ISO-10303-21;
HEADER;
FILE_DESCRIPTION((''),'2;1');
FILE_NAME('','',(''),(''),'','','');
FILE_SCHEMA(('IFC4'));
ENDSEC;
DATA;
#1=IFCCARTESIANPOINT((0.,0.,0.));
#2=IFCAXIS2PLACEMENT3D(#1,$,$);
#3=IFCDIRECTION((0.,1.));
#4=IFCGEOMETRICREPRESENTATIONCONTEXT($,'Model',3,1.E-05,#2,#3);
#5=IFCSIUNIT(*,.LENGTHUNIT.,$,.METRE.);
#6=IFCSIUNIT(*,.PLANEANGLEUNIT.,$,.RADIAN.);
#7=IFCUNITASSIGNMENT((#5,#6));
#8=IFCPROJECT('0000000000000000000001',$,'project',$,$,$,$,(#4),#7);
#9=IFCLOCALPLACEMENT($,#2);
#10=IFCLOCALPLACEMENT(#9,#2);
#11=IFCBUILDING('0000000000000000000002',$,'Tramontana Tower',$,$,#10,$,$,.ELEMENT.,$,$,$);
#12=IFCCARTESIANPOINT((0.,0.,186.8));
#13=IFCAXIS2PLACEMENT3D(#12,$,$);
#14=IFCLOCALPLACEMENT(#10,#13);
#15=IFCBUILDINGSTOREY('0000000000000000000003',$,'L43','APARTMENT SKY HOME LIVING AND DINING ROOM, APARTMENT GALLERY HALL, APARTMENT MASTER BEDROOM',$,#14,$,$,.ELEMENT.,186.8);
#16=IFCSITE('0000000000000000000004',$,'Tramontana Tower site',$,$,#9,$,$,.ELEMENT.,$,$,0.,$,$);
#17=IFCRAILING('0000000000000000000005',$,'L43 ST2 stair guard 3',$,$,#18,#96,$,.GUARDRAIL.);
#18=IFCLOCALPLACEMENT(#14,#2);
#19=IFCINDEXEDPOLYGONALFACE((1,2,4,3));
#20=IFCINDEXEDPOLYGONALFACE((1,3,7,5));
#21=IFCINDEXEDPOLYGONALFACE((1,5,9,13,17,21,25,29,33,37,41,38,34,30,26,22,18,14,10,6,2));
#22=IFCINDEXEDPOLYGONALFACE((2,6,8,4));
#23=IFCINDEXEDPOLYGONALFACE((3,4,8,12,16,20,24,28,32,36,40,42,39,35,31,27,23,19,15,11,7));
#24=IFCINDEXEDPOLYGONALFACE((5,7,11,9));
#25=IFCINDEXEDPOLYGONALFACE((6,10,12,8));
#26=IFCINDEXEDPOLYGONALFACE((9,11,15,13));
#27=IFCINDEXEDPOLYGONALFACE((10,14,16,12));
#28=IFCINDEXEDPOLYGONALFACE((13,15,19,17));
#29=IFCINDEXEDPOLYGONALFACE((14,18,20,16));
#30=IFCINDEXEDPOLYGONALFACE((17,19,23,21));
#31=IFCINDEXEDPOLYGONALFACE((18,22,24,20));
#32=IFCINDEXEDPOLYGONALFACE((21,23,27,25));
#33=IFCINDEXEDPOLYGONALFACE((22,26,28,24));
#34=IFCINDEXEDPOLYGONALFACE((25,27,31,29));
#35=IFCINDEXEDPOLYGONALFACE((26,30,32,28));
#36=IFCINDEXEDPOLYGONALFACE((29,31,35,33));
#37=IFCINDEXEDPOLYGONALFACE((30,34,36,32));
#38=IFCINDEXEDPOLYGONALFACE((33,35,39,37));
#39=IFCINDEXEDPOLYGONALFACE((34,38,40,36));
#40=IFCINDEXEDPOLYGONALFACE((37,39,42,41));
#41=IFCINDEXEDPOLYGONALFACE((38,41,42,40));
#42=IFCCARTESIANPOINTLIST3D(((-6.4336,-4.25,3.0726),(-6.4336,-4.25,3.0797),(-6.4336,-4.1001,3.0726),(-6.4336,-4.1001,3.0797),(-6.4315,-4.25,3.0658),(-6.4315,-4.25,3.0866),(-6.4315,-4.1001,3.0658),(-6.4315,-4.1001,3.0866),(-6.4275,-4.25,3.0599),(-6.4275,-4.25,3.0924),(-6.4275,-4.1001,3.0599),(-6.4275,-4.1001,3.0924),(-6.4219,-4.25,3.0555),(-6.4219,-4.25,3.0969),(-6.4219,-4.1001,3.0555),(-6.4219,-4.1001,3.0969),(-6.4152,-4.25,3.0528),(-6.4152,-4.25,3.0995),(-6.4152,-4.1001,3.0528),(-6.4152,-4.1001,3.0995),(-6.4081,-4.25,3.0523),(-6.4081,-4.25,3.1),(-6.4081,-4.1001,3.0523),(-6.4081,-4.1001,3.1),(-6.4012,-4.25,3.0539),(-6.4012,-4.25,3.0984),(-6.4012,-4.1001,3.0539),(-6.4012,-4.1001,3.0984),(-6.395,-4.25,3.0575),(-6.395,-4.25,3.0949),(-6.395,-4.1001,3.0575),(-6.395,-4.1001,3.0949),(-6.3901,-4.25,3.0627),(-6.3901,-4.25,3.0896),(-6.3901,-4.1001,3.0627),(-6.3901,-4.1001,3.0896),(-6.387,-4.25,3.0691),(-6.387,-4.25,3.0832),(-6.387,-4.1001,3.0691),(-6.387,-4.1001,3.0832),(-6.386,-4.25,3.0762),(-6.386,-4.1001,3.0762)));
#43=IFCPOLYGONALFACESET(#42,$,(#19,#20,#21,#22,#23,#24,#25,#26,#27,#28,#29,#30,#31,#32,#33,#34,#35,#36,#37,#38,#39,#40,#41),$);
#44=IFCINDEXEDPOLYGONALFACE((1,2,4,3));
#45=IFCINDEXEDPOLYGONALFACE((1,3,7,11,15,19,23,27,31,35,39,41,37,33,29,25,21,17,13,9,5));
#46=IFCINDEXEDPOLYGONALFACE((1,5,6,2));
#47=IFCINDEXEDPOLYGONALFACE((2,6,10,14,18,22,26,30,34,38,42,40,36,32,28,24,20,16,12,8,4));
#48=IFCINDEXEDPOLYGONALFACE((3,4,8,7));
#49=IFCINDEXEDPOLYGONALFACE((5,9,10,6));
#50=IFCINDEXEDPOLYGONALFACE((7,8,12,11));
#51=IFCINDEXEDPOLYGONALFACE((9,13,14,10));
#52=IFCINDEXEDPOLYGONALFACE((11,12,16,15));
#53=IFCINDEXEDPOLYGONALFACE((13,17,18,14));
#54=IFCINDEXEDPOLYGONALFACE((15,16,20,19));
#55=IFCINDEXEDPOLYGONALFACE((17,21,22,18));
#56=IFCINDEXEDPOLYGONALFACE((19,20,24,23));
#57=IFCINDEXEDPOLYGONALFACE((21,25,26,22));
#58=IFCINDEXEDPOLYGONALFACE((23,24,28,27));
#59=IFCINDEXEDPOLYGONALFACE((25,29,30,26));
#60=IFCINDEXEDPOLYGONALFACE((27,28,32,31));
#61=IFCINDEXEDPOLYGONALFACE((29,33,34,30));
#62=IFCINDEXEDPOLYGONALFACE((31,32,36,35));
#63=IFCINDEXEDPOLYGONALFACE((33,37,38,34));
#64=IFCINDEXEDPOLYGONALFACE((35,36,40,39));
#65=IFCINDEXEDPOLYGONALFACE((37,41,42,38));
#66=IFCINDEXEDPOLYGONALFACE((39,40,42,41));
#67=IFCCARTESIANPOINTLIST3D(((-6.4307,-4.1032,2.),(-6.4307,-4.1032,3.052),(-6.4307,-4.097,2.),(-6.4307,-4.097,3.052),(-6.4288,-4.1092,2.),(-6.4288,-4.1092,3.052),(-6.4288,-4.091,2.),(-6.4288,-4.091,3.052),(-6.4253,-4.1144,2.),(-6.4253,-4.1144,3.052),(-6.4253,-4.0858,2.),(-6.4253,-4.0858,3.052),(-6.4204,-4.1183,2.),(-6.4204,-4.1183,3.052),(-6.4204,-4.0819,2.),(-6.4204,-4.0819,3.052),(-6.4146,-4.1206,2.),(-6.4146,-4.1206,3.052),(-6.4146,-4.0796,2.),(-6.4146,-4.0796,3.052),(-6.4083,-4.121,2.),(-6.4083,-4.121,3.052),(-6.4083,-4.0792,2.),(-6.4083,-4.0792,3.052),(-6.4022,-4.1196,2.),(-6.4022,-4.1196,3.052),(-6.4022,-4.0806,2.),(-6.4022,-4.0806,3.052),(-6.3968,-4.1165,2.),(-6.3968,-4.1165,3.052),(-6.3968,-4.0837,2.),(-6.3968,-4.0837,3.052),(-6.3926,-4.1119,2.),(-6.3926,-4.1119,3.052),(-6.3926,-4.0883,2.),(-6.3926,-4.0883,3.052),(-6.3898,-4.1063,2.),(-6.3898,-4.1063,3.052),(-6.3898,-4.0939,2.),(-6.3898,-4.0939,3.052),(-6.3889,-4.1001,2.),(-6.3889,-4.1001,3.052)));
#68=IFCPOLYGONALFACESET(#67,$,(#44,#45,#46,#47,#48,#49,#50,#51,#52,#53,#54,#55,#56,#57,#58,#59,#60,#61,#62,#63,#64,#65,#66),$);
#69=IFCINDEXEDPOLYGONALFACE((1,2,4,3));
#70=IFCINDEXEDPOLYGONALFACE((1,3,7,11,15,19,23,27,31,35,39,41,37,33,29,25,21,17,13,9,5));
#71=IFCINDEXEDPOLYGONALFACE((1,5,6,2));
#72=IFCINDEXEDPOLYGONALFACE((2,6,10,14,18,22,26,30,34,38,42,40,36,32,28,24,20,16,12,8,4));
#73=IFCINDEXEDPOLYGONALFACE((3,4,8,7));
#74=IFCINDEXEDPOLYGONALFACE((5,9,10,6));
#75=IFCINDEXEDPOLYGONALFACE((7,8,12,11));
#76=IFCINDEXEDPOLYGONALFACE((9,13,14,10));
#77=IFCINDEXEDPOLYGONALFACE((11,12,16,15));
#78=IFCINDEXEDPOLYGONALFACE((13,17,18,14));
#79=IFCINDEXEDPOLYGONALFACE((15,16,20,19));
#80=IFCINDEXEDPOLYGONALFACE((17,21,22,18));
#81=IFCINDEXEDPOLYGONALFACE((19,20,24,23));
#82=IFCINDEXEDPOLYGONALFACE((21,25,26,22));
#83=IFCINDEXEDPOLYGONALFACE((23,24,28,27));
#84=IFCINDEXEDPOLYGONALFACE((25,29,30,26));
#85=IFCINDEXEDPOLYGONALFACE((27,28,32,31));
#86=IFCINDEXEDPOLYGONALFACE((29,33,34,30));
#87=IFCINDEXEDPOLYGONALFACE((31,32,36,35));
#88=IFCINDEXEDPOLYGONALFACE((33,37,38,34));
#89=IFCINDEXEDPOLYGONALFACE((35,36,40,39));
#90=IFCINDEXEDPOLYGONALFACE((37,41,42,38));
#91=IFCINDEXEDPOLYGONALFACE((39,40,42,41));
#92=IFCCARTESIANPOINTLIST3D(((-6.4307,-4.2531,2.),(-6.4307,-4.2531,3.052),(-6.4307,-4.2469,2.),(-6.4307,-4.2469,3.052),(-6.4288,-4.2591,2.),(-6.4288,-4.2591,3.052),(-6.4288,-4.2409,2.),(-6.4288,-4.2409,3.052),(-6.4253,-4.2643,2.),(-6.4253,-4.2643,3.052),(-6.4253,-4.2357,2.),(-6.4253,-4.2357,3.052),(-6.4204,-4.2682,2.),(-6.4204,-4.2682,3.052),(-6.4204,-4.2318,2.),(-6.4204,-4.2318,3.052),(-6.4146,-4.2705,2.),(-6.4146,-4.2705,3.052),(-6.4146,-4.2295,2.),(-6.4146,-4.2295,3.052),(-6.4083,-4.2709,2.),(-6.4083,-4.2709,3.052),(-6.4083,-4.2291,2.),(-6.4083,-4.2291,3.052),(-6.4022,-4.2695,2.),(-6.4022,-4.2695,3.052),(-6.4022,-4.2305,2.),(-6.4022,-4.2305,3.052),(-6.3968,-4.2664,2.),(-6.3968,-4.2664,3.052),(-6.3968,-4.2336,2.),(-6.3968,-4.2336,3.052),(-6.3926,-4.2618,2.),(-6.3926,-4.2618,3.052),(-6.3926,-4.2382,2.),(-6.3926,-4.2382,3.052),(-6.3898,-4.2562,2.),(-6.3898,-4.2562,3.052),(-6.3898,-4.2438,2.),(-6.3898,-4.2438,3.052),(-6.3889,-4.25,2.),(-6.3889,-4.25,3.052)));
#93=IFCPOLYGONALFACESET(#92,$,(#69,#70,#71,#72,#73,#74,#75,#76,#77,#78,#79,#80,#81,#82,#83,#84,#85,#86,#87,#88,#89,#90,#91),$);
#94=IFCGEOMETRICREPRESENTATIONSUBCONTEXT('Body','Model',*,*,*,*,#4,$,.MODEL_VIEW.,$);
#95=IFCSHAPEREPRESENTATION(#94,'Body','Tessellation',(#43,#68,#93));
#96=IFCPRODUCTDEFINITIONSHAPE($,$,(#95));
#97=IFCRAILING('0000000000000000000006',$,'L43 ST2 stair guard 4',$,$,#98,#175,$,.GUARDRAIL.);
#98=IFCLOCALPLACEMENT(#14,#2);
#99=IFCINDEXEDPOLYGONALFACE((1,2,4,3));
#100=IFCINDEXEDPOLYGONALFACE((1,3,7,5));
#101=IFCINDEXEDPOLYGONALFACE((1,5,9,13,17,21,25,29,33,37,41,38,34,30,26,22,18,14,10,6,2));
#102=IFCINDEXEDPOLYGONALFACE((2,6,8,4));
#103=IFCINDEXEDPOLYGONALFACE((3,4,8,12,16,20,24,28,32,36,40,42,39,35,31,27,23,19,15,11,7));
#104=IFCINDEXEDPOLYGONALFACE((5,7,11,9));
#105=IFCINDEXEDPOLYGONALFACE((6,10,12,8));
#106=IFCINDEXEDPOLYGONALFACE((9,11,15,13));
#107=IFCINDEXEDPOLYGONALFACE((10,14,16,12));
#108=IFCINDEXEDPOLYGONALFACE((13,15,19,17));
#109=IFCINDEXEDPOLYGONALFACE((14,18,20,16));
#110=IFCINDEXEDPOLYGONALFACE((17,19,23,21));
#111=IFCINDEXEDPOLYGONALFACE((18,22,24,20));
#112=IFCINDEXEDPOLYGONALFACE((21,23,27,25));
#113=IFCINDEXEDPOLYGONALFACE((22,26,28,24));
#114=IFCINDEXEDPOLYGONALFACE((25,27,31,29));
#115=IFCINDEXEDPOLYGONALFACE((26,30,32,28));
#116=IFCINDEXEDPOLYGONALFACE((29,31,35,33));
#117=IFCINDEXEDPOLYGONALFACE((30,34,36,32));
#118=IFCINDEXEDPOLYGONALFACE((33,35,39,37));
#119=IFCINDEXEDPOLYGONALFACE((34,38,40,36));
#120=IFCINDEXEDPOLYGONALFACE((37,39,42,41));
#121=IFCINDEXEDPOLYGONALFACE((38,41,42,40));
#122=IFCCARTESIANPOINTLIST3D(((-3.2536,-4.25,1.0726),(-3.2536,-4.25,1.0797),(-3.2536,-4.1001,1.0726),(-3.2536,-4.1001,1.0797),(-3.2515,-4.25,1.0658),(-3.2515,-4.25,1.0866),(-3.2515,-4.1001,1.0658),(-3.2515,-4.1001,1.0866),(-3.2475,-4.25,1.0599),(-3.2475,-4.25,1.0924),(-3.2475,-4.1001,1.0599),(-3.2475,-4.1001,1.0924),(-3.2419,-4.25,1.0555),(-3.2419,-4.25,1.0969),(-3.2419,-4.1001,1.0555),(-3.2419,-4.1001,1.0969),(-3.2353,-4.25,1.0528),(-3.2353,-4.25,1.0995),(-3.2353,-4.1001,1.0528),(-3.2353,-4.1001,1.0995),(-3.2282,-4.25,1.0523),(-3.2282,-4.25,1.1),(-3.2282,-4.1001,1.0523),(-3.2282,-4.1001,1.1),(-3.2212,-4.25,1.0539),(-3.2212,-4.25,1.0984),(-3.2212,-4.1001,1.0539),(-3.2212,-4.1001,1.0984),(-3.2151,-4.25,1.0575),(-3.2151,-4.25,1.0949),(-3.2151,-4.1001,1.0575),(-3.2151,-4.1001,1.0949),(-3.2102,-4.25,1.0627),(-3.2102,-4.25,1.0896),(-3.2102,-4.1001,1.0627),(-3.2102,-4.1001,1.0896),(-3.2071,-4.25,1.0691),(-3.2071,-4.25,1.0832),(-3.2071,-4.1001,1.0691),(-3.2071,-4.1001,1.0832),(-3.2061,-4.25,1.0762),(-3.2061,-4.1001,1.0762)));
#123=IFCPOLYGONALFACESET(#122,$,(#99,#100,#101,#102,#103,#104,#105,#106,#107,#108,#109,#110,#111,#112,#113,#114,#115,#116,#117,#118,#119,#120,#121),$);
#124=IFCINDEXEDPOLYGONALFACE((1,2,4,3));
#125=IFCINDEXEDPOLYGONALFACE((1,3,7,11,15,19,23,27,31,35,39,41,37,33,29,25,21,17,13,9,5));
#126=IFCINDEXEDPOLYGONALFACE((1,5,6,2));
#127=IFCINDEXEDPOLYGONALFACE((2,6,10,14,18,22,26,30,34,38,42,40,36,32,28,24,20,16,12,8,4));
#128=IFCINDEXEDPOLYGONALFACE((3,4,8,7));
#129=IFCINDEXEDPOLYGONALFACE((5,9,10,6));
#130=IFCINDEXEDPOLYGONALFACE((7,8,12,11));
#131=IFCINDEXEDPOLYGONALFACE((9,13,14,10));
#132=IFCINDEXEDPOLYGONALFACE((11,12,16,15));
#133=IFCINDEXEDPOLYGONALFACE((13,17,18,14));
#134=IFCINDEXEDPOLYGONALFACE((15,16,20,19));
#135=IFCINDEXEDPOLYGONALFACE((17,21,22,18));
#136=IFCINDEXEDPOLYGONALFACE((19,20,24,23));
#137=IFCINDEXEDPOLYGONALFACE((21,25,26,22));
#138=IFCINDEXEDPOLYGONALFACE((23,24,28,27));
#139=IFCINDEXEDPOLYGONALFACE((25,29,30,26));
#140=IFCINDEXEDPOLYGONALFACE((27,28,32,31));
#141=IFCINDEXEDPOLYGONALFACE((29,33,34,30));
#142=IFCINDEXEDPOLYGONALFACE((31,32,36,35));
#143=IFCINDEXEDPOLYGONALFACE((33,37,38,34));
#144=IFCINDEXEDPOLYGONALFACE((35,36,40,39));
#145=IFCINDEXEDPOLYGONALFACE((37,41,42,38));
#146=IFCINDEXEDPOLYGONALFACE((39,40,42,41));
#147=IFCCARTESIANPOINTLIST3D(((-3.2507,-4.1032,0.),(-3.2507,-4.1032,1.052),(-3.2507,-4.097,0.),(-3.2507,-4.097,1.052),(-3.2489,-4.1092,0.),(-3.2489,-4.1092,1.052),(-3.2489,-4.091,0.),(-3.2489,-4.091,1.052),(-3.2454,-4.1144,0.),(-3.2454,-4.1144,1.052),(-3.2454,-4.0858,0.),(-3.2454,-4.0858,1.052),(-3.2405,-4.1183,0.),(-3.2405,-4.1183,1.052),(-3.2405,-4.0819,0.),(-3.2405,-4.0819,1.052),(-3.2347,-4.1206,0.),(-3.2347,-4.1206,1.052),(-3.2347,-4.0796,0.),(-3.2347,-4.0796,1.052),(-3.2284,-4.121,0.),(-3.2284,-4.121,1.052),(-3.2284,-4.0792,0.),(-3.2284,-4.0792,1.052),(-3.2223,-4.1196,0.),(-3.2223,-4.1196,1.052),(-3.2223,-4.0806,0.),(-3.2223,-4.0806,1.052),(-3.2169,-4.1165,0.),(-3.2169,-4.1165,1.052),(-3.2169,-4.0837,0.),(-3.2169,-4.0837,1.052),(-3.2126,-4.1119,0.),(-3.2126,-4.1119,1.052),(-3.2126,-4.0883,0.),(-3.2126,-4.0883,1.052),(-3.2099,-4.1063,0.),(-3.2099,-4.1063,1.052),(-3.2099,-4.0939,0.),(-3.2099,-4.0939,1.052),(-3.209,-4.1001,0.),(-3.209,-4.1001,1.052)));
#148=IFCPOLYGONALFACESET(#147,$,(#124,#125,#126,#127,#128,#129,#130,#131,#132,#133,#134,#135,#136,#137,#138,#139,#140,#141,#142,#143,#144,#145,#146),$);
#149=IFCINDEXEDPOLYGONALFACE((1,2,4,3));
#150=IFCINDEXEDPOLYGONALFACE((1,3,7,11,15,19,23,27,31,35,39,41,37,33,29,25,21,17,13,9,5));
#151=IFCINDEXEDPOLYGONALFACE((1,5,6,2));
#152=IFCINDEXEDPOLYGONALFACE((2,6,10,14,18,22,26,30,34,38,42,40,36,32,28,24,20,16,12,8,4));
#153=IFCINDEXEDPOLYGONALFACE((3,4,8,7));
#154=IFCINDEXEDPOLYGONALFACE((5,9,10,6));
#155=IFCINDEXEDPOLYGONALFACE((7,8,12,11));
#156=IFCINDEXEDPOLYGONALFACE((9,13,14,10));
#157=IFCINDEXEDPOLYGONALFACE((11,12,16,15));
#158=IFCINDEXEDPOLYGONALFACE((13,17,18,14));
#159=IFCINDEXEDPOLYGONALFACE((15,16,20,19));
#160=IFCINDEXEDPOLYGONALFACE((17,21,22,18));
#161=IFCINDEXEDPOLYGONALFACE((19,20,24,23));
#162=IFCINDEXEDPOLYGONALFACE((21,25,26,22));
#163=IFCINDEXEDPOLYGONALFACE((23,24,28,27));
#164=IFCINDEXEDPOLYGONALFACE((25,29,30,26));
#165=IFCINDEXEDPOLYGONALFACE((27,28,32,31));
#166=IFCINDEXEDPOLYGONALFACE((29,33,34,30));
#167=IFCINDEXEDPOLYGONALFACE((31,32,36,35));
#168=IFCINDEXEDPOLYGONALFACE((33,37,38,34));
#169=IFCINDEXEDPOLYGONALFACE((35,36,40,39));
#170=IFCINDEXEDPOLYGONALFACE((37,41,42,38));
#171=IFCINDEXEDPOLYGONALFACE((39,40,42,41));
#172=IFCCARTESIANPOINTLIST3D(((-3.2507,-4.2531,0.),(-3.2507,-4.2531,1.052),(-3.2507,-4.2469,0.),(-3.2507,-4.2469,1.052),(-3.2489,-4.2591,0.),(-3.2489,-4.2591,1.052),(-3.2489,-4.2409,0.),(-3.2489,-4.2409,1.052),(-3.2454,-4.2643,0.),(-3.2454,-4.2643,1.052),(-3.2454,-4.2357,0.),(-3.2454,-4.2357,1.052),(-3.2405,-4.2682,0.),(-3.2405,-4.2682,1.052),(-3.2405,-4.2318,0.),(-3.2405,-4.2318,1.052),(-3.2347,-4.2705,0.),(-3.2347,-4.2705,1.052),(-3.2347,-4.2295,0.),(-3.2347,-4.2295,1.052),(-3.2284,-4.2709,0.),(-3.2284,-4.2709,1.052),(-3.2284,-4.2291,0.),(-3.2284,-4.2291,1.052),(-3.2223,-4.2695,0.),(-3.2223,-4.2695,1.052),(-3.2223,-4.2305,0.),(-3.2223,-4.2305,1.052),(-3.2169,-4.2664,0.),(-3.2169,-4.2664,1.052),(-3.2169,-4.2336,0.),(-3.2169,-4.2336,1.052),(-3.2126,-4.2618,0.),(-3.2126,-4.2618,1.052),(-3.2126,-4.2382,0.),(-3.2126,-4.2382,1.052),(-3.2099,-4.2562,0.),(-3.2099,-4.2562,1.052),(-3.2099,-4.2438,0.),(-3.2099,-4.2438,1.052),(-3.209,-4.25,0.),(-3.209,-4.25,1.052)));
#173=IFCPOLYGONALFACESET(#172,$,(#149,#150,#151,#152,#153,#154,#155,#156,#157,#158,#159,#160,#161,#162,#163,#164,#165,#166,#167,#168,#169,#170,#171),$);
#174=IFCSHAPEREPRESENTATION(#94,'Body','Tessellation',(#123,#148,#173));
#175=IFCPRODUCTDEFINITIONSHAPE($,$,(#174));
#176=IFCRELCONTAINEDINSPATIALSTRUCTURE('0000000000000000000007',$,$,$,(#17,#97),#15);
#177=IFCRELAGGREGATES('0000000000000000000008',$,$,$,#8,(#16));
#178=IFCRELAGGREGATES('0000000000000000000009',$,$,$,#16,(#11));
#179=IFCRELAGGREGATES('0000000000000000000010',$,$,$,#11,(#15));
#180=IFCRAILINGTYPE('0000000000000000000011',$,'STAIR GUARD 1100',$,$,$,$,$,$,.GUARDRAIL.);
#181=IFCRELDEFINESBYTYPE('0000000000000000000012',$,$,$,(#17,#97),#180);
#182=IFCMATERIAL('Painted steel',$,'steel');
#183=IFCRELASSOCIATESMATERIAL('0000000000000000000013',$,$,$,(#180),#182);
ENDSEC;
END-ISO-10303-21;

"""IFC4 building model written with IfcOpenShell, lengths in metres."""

from ifc_helpers import new_model, si_unit, direction, frame, origin, origin_2d, place, context, subcontext, project, spatial, circle, extrude, material, type_object, element, save


model = new_model("IFC4")

# Units and contexts
model_context = context("Model", 3, precision=1e-05, world=origin(), true_north=direction((0.0, 1.0)))
body_context = subcontext(model_context, "Body", "Model", "MODEL_VIEW")
ifc_project = project(units=[si_unit("LENGTHUNIT", "METRE"), si_unit("PLANEANGLEUNIT", "RADIAN")], contexts=[model_context])

# Site, building, storey
site_placement = place(None, origin())
site = spatial("IfcSite", under=ifc_project, at=site_placement, Name="Tramontana Tower site", CompositionType="ELEMENT", RefElevation=0.0)
building_placement = place(site_placement, origin())
building = spatial("IfcBuilding", under=site, at=building_placement, Name="Tramontana Tower", CompositionType="ELEMENT")
storey_placement = place(building_placement, frame((0.0, 0.0, 186.8)))
storey = spatial("IfcBuildingStorey", under=building, at=storey_placement, Name="L43", Description="APARTMENT SKY HOME LIVING AND DINING ROOM, APARTMENT GALLERY HALL, APARTMENT MASTER BEDROOM", CompositionType="ELEMENT", Elevation=186.8)

# Railings
ifc_material_1 = material(Name="Painted steel", Category="steel")
railing_type_1 = type_object("IfcRailingType", Name="STAIR GUARD 1100", PredefinedType="GUARDRAIL", material=ifc_material_1)
for number, where, name in (
    (1, (-6.4099, -4.1001, 2.0), "L43 ST2 stair guard 3"),
    (2, (-3.23, -4.1001, 0.0), "L43 ST2 stair guard 4"),
):
    element("IfcRailing", number, at=place(storey_placement, frame(where)), inside=storey, type_object=railing_type_1, Name=name, PredefinedType="GUARDRAIL", context=body_context, shape_type="SweptSolid", body=[
        extrude(circle(Radius=0.0239, at=origin_2d()), frame((0.0, 0.0, 1.0762), z_axis=(0.0, -1.0, 0.0), x_axis=(1.0, 0.0, 0.0)), (0.0, 0.0, 1.0), 0.1499),
        extrude(circle(Radius=0.021, at=origin_2d()), origin(), (0.0, 0.0, 1.0), 1.052),
        extrude(circle(Radius=0.021, at=origin_2d()), frame((0.0, -0.1499, 0.0)), (0.0, 0.0, 1.0), 1.052),
    ])

save(model, "model.ifc")
